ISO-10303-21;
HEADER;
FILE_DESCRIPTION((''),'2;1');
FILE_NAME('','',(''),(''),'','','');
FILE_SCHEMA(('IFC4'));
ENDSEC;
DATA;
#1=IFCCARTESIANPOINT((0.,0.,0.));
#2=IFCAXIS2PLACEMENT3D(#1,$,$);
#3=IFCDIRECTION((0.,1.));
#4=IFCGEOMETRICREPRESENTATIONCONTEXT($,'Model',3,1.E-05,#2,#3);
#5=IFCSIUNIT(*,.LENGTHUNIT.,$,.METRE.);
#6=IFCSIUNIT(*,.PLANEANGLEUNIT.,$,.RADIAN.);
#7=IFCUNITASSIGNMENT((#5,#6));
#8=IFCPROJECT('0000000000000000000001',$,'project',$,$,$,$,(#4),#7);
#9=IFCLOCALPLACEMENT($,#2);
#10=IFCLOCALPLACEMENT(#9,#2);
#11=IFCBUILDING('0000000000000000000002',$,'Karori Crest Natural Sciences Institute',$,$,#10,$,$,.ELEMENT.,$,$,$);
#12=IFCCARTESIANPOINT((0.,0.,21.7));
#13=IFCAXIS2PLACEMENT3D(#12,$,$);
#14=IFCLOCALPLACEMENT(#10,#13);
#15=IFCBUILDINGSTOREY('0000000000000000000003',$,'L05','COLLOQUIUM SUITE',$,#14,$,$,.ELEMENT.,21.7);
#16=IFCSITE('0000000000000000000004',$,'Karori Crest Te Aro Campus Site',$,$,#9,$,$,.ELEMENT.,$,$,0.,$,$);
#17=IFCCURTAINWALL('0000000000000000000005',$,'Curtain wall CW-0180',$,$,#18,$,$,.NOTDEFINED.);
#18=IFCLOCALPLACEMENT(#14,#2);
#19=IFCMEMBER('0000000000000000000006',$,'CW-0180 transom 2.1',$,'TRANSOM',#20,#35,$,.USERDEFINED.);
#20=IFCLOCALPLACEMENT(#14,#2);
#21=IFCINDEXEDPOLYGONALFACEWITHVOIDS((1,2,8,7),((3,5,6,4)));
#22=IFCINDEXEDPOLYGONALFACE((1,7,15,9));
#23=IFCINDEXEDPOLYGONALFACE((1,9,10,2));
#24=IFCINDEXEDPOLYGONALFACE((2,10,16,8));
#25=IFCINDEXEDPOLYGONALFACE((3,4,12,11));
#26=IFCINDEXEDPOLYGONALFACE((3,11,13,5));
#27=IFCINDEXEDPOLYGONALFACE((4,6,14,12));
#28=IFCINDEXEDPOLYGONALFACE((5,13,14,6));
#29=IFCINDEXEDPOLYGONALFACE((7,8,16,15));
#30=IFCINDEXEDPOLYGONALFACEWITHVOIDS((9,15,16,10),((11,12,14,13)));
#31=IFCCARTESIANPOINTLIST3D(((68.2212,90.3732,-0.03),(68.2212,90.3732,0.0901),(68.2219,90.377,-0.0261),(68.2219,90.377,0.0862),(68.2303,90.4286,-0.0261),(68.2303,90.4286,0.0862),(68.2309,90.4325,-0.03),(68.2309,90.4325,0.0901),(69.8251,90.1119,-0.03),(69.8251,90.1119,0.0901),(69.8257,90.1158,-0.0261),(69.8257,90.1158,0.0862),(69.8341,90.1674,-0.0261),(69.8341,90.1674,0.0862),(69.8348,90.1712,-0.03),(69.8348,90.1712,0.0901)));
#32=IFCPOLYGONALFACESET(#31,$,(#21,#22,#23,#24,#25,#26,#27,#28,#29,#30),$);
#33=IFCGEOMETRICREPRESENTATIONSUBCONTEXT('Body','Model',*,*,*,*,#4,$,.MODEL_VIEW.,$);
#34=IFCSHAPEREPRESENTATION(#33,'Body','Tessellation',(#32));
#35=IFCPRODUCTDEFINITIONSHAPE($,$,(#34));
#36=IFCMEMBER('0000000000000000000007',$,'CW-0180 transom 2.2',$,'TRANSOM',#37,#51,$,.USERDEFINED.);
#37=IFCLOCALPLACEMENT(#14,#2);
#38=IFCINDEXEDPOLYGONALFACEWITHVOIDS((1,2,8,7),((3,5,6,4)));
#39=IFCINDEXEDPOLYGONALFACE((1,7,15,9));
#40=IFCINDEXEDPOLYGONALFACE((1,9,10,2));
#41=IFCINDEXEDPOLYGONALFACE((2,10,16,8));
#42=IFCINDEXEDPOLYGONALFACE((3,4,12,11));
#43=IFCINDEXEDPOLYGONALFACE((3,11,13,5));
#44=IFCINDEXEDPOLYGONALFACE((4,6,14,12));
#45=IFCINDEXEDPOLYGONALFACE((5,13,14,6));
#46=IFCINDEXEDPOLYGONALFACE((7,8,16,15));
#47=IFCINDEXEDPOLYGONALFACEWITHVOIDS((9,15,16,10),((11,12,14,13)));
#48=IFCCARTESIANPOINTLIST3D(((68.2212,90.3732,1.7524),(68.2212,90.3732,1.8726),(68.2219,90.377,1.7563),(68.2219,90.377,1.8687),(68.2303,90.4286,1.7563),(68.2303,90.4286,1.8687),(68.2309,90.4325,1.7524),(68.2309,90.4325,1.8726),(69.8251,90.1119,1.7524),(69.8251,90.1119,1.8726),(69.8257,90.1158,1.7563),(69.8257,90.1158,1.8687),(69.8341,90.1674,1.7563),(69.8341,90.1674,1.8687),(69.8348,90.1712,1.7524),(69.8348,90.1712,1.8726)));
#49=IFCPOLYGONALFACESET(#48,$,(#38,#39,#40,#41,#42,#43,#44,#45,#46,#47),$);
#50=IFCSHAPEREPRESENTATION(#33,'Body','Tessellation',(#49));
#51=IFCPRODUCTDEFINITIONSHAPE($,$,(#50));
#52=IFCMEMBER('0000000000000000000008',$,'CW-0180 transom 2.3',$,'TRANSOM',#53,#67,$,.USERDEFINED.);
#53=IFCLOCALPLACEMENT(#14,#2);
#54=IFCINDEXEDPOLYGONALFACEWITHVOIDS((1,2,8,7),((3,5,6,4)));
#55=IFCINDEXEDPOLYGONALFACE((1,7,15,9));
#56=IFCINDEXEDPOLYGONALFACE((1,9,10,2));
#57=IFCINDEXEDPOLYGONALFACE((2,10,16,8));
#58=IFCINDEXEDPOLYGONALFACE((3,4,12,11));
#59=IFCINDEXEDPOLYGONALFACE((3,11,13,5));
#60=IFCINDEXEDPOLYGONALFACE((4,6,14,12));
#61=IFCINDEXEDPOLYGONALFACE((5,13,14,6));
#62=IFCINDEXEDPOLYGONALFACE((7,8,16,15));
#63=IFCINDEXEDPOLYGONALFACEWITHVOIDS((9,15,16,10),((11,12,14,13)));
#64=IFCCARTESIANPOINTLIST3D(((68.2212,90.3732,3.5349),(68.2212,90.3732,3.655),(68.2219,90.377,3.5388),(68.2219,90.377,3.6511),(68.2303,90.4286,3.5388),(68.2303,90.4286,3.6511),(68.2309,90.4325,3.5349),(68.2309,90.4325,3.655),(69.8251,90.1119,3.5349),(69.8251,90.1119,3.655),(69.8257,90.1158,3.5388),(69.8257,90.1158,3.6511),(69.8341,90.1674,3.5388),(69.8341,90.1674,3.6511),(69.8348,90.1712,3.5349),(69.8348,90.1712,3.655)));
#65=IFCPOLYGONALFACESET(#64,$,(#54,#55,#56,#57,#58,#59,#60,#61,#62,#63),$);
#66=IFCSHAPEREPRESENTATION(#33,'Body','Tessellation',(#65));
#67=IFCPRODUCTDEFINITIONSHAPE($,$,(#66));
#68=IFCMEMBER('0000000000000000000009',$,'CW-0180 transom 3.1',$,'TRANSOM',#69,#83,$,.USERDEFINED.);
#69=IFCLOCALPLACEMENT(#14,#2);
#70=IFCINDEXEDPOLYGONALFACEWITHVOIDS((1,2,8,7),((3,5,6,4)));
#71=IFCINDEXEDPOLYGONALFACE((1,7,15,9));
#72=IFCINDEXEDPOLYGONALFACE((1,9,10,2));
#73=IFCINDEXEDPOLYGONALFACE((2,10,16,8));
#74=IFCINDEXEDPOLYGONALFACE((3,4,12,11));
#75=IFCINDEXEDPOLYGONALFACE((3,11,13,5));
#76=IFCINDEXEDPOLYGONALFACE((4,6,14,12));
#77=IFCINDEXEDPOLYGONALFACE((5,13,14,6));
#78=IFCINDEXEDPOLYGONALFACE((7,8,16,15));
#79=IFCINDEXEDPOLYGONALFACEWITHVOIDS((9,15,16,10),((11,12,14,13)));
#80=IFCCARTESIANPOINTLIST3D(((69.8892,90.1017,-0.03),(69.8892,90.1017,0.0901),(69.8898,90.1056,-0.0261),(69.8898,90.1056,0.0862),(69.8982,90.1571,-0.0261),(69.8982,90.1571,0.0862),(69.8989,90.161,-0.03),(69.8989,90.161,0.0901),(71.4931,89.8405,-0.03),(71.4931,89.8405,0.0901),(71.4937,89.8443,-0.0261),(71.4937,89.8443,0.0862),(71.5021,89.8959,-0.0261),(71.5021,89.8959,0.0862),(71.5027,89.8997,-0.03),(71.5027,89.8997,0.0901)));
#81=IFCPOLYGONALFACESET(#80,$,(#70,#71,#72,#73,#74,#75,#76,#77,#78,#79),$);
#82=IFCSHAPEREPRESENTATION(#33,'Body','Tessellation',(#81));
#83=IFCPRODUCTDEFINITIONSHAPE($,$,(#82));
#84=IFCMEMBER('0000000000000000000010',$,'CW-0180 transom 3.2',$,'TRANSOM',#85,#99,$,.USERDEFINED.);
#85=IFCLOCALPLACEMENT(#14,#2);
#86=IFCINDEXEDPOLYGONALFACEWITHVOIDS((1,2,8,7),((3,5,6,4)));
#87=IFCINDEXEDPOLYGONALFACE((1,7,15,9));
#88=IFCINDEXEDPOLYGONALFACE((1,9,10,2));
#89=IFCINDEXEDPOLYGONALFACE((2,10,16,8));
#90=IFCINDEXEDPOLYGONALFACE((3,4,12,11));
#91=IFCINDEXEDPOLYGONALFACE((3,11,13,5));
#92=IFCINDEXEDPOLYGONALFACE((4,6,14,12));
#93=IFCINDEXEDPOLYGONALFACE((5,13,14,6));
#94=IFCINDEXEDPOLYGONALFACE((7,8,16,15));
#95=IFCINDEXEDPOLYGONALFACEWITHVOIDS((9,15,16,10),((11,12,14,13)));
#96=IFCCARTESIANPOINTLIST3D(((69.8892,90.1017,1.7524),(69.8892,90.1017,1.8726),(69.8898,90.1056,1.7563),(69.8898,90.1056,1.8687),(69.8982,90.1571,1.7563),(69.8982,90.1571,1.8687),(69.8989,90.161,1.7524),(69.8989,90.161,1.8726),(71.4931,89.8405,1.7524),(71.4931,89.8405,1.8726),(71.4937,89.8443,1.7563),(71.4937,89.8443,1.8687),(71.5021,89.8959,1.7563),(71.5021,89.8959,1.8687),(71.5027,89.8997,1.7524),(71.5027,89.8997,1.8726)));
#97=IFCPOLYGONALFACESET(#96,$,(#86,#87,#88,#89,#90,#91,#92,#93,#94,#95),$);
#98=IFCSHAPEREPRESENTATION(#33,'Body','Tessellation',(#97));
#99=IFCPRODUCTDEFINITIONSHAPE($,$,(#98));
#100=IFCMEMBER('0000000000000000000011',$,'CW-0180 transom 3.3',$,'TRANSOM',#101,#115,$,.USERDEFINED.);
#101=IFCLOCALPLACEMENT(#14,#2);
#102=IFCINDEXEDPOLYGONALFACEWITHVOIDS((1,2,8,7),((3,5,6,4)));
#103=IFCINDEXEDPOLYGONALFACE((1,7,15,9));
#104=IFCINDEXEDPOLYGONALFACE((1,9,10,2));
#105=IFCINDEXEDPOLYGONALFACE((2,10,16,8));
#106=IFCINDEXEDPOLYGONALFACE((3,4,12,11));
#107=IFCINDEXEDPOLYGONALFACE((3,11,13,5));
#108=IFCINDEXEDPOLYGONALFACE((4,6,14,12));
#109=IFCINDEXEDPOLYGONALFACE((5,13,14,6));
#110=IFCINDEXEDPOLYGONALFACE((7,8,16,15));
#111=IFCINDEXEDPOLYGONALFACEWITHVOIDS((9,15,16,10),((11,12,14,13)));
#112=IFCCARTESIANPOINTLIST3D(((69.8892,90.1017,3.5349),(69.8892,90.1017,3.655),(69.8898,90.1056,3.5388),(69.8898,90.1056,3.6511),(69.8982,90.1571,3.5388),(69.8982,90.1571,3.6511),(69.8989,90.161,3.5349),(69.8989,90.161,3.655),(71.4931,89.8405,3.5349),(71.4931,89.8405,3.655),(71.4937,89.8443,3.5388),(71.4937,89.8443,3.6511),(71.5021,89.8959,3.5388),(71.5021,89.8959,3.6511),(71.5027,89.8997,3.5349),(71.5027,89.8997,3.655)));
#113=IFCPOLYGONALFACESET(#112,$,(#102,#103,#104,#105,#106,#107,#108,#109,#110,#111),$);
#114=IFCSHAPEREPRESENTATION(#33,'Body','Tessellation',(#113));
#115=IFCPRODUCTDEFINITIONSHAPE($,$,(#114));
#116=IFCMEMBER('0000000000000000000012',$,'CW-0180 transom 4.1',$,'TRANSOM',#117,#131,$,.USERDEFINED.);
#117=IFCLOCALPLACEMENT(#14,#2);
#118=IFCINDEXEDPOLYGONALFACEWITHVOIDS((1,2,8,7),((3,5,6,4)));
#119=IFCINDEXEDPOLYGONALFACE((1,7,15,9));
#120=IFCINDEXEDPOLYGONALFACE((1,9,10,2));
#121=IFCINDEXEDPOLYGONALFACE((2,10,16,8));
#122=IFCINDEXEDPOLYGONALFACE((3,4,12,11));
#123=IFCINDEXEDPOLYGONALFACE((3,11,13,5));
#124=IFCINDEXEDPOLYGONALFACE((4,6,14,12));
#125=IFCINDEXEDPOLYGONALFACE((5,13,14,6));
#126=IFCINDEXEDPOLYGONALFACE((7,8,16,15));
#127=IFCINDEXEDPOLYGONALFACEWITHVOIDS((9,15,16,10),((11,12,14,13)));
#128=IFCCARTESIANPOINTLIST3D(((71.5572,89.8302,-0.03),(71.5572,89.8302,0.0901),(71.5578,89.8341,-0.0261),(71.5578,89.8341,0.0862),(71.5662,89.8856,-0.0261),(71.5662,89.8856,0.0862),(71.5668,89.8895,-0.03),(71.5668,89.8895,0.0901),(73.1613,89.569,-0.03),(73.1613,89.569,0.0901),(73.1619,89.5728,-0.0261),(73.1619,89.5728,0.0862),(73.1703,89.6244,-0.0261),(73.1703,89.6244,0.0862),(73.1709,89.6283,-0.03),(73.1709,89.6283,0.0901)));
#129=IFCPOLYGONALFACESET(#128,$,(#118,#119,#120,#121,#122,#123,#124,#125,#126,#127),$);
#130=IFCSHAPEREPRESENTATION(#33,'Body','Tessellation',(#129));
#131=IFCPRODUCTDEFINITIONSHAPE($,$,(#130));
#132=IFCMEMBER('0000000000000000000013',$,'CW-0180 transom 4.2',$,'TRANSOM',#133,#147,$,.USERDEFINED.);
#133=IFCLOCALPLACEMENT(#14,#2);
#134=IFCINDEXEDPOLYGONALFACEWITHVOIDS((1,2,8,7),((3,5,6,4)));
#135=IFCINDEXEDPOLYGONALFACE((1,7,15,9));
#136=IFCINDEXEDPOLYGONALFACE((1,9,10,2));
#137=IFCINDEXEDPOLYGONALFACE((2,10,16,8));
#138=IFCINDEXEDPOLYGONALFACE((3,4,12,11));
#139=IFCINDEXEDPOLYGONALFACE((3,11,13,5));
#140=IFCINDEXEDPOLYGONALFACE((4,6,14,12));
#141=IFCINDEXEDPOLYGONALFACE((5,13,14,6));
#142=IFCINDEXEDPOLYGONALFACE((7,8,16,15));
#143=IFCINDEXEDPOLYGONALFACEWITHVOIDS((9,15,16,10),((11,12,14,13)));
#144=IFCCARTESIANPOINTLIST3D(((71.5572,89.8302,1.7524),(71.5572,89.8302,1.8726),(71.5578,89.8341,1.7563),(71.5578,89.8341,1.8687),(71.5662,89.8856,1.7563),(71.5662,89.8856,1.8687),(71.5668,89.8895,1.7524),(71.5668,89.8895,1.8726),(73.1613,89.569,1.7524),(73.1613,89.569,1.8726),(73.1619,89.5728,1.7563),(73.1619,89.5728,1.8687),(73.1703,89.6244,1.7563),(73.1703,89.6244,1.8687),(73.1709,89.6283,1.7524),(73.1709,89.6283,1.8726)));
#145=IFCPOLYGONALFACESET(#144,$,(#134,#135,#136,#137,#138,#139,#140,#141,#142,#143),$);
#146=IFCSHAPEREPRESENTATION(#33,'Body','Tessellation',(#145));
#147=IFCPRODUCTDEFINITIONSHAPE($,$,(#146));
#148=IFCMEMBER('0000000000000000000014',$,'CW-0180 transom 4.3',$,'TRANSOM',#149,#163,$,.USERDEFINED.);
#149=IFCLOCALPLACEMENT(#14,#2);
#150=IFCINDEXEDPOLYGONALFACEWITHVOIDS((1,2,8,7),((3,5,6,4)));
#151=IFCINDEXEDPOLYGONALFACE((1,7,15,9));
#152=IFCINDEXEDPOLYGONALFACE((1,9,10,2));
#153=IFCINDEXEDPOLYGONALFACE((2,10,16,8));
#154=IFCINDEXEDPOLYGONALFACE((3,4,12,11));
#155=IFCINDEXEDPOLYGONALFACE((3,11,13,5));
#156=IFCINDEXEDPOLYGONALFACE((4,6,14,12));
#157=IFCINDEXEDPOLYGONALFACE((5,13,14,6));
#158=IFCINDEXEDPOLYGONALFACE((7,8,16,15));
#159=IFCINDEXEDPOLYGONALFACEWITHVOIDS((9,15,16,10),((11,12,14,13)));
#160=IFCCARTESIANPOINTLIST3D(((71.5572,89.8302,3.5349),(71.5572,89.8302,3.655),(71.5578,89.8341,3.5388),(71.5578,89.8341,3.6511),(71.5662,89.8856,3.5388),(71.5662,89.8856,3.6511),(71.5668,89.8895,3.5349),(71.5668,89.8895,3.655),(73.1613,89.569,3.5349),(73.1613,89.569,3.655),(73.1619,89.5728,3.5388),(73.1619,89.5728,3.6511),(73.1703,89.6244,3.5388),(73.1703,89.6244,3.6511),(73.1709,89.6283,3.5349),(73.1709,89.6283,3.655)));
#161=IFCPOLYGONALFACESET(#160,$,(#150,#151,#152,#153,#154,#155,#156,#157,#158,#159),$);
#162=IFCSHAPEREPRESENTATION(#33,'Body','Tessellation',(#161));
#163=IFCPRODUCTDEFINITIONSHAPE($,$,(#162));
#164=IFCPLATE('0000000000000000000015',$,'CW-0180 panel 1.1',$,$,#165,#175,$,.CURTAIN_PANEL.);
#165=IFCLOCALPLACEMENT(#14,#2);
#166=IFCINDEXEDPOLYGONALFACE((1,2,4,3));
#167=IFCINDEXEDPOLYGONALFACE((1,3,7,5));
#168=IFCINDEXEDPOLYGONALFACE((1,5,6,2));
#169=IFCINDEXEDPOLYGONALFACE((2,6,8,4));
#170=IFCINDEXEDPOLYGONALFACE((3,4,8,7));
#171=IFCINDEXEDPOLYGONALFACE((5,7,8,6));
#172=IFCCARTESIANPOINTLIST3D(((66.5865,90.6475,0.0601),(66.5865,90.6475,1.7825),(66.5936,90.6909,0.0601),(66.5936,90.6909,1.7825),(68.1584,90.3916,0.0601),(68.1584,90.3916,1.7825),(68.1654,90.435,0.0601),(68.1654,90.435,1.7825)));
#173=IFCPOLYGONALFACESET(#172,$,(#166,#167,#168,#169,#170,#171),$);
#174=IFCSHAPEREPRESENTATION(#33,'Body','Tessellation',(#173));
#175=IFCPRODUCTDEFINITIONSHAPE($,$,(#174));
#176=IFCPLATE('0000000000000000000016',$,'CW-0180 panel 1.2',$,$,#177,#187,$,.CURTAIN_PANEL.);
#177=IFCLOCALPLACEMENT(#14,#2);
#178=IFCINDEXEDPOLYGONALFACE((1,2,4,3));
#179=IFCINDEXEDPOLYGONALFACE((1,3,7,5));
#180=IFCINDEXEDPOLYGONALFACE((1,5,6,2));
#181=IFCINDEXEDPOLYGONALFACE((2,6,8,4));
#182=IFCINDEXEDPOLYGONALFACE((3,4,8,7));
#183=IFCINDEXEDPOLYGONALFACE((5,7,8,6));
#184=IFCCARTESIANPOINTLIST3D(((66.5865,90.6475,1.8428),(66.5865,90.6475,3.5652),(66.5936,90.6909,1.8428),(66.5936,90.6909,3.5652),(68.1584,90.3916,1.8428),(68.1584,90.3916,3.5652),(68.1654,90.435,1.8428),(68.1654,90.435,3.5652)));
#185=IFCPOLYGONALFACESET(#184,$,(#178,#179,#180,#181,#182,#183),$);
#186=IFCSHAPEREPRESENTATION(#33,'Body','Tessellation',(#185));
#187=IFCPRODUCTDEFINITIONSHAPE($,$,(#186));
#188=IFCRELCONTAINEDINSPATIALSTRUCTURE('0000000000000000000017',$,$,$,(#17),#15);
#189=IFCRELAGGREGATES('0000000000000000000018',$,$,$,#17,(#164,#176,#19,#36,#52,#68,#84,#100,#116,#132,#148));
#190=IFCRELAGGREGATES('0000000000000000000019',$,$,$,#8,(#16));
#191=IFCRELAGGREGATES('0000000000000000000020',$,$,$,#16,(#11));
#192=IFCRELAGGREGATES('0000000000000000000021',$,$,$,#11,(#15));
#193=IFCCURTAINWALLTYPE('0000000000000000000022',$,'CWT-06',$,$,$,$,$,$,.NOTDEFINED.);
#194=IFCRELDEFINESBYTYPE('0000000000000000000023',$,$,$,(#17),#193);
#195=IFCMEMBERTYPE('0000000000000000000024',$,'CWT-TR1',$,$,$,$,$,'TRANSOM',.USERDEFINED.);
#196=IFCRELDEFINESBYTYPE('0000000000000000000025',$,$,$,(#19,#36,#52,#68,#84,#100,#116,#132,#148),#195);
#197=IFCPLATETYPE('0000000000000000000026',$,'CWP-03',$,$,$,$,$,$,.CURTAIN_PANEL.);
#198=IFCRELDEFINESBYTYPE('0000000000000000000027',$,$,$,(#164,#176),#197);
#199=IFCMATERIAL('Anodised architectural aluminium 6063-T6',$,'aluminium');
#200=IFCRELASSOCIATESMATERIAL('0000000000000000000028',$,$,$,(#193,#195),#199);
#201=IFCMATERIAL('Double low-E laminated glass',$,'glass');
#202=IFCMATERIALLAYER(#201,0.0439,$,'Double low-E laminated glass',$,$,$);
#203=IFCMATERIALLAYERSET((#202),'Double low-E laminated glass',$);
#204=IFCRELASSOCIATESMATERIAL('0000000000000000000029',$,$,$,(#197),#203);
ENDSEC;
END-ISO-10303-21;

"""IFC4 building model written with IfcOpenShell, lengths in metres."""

from ifc_helpers import new_model, si_unit, direction, frame, origin, origin_2d, place, context, subcontext, project, spatial, rectangle, hollow_rectangle, extrude, material, layer, layer_set, material_profile, profile_set, type_object, element, aggregate, save


model = new_model("IFC4")

# Units and contexts
model_context = context("Model", 3, precision=1e-05, world=origin(), true_north=direction((0.0, 1.0)))
body_context = subcontext(model_context, "Body", "Model", "MODEL_VIEW")
ifc_project = project(units=[si_unit("LENGTHUNIT", "METRE"), si_unit("PLANEANGLEUNIT", "RADIAN")], contexts=[model_context])

# Site, building, storey
site_placement = place(None, origin())
site = spatial("IfcSite", under=ifc_project, at=site_placement, Name="Karori Crest Te Aro Campus Site", CompositionType="ELEMENT", RefElevation=0.0)
building_placement = place(site_placement, origin())
building = spatial("IfcBuilding", under=site, at=building_placement, Name="Karori Crest Natural Sciences Institute", CompositionType="ELEMENT")
storey_placement = place(building_placement, frame((0.0, 0.0, 21.7)))
storey = spatial("IfcBuildingStorey", under=building, at=storey_placement, Name="L05", Description="COLLOQUIUM SUITE", CompositionType="ELEMENT", Elevation=21.7)

# Curtain wall, members, plates
ifc_material_1 = material(Name="Anodised architectural aluminium 6063-T6", Category="aluminium")
curtain_wall_type = type_object("IfcCurtainWallType", Name="CWT-06", PredefinedType="NOTDEFINED", material=ifc_material_1)
curtain_wall_placement = place(storey_placement, origin())
curtain_wall = element("IfcCurtainWall", 1, at=curtain_wall_placement, inside=storey, type_object=curtain_wall_type, Name="Curtain wall CW-0180", PredefinedType="NOTDEFINED")
ifc_material_profile_1 = material_profile(ifc_material_1, hollow_rectangle(XDim=0.0601, YDim=0.1201, WallThickness=0.0039, at=origin_2d()), Name="CWT120x60x4")
ifc_profile_set_1 = profile_set([ifc_material_profile_1], Name="Anodised architectural aluminium 6063-T6")
member_type_1 = type_object("IfcMemberType", Name="CWT-TR1", ElementType="TRANSOM", PredefinedType="USERDEFINED", material=ifc_profile_set_1)
member_1_placement = place(storey_placement, frame((68.2261, 90.4028, 0.03), z_axis=(0.986992, -0.160768, 0.0), x_axis=(0.160768, 0.986992, 0.0)))
member_1 = element("IfcMember", 2, at=member_1_placement, type_object=member_type_1, Name="CW-0180 transom 2.1", ObjectType="TRANSOM", PredefinedType="USERDEFINED", context=body_context, shape_type="SweptSolid", body=[
    extrude(hollow_rectangle(XDim=0.0601, YDim=0.1201, WallThickness=0.0039, at=origin_2d()), origin(), (0.0, 0.0, 1.0), 1.625),
])
member_2_placement = place(storey_placement, frame((68.2261, 90.4028, 1.8125), z_axis=(0.986992, -0.160768, 0.0), x_axis=(0.160768, 0.986992, 0.0)))
member_2 = element("IfcMember", 3, at=member_2_placement, type_object=member_type_1, Name="CW-0180 transom 2.2", ObjectType="TRANSOM", PredefinedType="USERDEFINED", context=body_context, shape_type="SweptSolid", body=[
    extrude(hollow_rectangle(XDim=0.0601, YDim=0.1201, WallThickness=0.0039, at=origin_2d()), origin(), (0.0, 0.0, 1.0), 1.625),
])
member_3_placement = place(storey_placement, frame((68.2261, 90.4028, 3.595), z_axis=(0.986992, -0.160768, 0.0), x_axis=(0.160768, 0.986992, 0.0)))
member_3 = element("IfcMember", 4, at=member_3_placement, type_object=member_type_1, Name="CW-0180 transom 2.3", ObjectType="TRANSOM", PredefinedType="USERDEFINED", context=body_context, shape_type="SweptSolid", body=[
    extrude(hollow_rectangle(XDim=0.0601, YDim=0.1201, WallThickness=0.0039, at=origin_2d()), origin(), (0.0, 0.0, 1.0), 1.625),
])
member_4_placement = place(storey_placement, frame((69.894, 90.1313, 0.03), z_axis=(0.986992, -0.160768, 0.0), x_axis=(0.160768, 0.986992, 0.0)))
member_4 = element("IfcMember", 5, at=member_4_placement, type_object=member_type_1, Name="CW-0180 transom 3.1", ObjectType="TRANSOM", PredefinedType="USERDEFINED", context=body_context, shape_type="SweptSolid", body=[
    extrude(hollow_rectangle(XDim=0.0601, YDim=0.1201, WallThickness=0.0039, at=origin_2d()), origin(), (0.0, 0.0, 1.0), 1.625),
])
member_5_placement = place(storey_placement, frame((69.894, 90.1313, 1.8125), z_axis=(0.986992, -0.160768, 0.0), x_axis=(0.160768, 0.986992, 0.0)))
member_5 = element("IfcMember", 6, at=member_5_placement, type_object=member_type_1, Name="CW-0180 transom 3.2", ObjectType="TRANSOM", PredefinedType="USERDEFINED", context=body_context, shape_type="SweptSolid", body=[
    extrude(hollow_rectangle(XDim=0.0601, YDim=0.1201, WallThickness=0.0039, at=origin_2d()), origin(), (0.0, 0.0, 1.0), 1.625),
])
member_6_placement = place(storey_placement, frame((69.894, 90.1313, 3.595), z_axis=(0.986992, -0.160768, 0.0), x_axis=(0.160768, 0.986992, 0.0)))
member_6 = element("IfcMember", 7, at=member_6_placement, type_object=member_type_1, Name="CW-0180 transom 3.3", ObjectType="TRANSOM", PredefinedType="USERDEFINED", context=body_context, shape_type="SweptSolid", body=[
    extrude(hollow_rectangle(XDim=0.0601, YDim=0.1201, WallThickness=0.0039, at=origin_2d()), origin(), (0.0, 0.0, 1.0), 1.625),
])
member_7_placement = place(storey_placement, frame((71.562, 89.8599, 0.03), z_axis=(0.986996, -0.160744, 0.0), x_axis=(0.160744, 0.986996, 0.0)))
member_7 = element("IfcMember", 8, at=member_7_placement, type_object=member_type_1, Name="CW-0180 transom 4.1", ObjectType="TRANSOM", PredefinedType="USERDEFINED", context=body_context, shape_type="SweptSolid", body=[
    extrude(hollow_rectangle(XDim=0.0601, YDim=0.1201, WallThickness=0.0039, at=origin_2d()), origin(), (0.0, 0.0, 1.0), 1.6252),
])
member_8_placement = place(storey_placement, frame((71.562, 89.8599, 1.8125), z_axis=(0.986996, -0.160744, 0.0), x_axis=(0.160744, 0.986996, 0.0)))
member_8 = element("IfcMember", 9, at=member_8_placement, type_object=member_type_1, Name="CW-0180 transom 4.2", ObjectType="TRANSOM", PredefinedType="USERDEFINED", context=body_context, shape_type="SweptSolid", body=[
    extrude(hollow_rectangle(XDim=0.0601, YDim=0.1201, WallThickness=0.0039, at=origin_2d()), origin(), (0.0, 0.0, 1.0), 1.6252),
])
member_9_placement = place(storey_placement, frame((71.562, 89.8599, 3.595), z_axis=(0.986996, -0.160744, 0.0), x_axis=(0.160744, 0.986996, 0.0)))
member_9 = element("IfcMember", 10, at=member_9_placement, type_object=member_type_1, Name="CW-0180 transom 4.3", ObjectType="TRANSOM", PredefinedType="USERDEFINED", context=body_context, shape_type="SweptSolid", body=[
    extrude(hollow_rectangle(XDim=0.0601, YDim=0.1201, WallThickness=0.0039, at=origin_2d()), origin(), (0.0, 0.0, 1.0), 1.6252),
])
ifc_material_2 = material(Name="Double low-E laminated glass", Category="glass")
ifc_layer_1 = layer(ifc_material_2, 0.0439, Name="Double low-E laminated glass")
ifc_layer_set_1 = layer_set([ifc_layer_1], Name="Double low-E laminated glass")
plate_type = type_object("IfcPlateType", Name="CWP-03", PredefinedType="CURTAIN_PANEL", material=ifc_layer_set_1)
plate_1_placement = place(storey_placement, frame((67.376, 90.5413, 0.0601), z_axis=(0.0, 0.0, 1.0), x_axis=(0.987011, -0.160655, 0.0)))
plate_1 = element("IfcPlate", 11, at=plate_1_placement, type_object=plate_type, Name="CW-0180 panel 1.1", PredefinedType="CURTAIN_PANEL", context=body_context, shape_type="SweptSolid", body=[
    extrude(rectangle(XDim=1.5925, YDim=0.0439, at=origin_2d()), origin(), (0.0, 0.0, 1.0), 1.7224),
])
plate_2_placement = place(storey_placement, frame((67.376, 90.5413, 1.8428), z_axis=(0.0, 0.0, 1.0), x_axis=(0.987011, -0.160655, 0.0)))
plate_2 = element("IfcPlate", 12, at=plate_2_placement, type_object=plate_type, Name="CW-0180 panel 1.2", PredefinedType="CURTAIN_PANEL", context=body_context, shape_type="SweptSolid", body=[
    extrude(rectangle(XDim=1.5925, YDim=0.0439, at=origin_2d()), origin(), (0.0, 0.0, 1.0), 1.7224),
])
aggregate(curtain_wall, [plate_1, plate_2, member_1, member_2, member_3, member_4, member_5, member_6, member_7, member_8, member_9])

save(model, "model.ifc")
